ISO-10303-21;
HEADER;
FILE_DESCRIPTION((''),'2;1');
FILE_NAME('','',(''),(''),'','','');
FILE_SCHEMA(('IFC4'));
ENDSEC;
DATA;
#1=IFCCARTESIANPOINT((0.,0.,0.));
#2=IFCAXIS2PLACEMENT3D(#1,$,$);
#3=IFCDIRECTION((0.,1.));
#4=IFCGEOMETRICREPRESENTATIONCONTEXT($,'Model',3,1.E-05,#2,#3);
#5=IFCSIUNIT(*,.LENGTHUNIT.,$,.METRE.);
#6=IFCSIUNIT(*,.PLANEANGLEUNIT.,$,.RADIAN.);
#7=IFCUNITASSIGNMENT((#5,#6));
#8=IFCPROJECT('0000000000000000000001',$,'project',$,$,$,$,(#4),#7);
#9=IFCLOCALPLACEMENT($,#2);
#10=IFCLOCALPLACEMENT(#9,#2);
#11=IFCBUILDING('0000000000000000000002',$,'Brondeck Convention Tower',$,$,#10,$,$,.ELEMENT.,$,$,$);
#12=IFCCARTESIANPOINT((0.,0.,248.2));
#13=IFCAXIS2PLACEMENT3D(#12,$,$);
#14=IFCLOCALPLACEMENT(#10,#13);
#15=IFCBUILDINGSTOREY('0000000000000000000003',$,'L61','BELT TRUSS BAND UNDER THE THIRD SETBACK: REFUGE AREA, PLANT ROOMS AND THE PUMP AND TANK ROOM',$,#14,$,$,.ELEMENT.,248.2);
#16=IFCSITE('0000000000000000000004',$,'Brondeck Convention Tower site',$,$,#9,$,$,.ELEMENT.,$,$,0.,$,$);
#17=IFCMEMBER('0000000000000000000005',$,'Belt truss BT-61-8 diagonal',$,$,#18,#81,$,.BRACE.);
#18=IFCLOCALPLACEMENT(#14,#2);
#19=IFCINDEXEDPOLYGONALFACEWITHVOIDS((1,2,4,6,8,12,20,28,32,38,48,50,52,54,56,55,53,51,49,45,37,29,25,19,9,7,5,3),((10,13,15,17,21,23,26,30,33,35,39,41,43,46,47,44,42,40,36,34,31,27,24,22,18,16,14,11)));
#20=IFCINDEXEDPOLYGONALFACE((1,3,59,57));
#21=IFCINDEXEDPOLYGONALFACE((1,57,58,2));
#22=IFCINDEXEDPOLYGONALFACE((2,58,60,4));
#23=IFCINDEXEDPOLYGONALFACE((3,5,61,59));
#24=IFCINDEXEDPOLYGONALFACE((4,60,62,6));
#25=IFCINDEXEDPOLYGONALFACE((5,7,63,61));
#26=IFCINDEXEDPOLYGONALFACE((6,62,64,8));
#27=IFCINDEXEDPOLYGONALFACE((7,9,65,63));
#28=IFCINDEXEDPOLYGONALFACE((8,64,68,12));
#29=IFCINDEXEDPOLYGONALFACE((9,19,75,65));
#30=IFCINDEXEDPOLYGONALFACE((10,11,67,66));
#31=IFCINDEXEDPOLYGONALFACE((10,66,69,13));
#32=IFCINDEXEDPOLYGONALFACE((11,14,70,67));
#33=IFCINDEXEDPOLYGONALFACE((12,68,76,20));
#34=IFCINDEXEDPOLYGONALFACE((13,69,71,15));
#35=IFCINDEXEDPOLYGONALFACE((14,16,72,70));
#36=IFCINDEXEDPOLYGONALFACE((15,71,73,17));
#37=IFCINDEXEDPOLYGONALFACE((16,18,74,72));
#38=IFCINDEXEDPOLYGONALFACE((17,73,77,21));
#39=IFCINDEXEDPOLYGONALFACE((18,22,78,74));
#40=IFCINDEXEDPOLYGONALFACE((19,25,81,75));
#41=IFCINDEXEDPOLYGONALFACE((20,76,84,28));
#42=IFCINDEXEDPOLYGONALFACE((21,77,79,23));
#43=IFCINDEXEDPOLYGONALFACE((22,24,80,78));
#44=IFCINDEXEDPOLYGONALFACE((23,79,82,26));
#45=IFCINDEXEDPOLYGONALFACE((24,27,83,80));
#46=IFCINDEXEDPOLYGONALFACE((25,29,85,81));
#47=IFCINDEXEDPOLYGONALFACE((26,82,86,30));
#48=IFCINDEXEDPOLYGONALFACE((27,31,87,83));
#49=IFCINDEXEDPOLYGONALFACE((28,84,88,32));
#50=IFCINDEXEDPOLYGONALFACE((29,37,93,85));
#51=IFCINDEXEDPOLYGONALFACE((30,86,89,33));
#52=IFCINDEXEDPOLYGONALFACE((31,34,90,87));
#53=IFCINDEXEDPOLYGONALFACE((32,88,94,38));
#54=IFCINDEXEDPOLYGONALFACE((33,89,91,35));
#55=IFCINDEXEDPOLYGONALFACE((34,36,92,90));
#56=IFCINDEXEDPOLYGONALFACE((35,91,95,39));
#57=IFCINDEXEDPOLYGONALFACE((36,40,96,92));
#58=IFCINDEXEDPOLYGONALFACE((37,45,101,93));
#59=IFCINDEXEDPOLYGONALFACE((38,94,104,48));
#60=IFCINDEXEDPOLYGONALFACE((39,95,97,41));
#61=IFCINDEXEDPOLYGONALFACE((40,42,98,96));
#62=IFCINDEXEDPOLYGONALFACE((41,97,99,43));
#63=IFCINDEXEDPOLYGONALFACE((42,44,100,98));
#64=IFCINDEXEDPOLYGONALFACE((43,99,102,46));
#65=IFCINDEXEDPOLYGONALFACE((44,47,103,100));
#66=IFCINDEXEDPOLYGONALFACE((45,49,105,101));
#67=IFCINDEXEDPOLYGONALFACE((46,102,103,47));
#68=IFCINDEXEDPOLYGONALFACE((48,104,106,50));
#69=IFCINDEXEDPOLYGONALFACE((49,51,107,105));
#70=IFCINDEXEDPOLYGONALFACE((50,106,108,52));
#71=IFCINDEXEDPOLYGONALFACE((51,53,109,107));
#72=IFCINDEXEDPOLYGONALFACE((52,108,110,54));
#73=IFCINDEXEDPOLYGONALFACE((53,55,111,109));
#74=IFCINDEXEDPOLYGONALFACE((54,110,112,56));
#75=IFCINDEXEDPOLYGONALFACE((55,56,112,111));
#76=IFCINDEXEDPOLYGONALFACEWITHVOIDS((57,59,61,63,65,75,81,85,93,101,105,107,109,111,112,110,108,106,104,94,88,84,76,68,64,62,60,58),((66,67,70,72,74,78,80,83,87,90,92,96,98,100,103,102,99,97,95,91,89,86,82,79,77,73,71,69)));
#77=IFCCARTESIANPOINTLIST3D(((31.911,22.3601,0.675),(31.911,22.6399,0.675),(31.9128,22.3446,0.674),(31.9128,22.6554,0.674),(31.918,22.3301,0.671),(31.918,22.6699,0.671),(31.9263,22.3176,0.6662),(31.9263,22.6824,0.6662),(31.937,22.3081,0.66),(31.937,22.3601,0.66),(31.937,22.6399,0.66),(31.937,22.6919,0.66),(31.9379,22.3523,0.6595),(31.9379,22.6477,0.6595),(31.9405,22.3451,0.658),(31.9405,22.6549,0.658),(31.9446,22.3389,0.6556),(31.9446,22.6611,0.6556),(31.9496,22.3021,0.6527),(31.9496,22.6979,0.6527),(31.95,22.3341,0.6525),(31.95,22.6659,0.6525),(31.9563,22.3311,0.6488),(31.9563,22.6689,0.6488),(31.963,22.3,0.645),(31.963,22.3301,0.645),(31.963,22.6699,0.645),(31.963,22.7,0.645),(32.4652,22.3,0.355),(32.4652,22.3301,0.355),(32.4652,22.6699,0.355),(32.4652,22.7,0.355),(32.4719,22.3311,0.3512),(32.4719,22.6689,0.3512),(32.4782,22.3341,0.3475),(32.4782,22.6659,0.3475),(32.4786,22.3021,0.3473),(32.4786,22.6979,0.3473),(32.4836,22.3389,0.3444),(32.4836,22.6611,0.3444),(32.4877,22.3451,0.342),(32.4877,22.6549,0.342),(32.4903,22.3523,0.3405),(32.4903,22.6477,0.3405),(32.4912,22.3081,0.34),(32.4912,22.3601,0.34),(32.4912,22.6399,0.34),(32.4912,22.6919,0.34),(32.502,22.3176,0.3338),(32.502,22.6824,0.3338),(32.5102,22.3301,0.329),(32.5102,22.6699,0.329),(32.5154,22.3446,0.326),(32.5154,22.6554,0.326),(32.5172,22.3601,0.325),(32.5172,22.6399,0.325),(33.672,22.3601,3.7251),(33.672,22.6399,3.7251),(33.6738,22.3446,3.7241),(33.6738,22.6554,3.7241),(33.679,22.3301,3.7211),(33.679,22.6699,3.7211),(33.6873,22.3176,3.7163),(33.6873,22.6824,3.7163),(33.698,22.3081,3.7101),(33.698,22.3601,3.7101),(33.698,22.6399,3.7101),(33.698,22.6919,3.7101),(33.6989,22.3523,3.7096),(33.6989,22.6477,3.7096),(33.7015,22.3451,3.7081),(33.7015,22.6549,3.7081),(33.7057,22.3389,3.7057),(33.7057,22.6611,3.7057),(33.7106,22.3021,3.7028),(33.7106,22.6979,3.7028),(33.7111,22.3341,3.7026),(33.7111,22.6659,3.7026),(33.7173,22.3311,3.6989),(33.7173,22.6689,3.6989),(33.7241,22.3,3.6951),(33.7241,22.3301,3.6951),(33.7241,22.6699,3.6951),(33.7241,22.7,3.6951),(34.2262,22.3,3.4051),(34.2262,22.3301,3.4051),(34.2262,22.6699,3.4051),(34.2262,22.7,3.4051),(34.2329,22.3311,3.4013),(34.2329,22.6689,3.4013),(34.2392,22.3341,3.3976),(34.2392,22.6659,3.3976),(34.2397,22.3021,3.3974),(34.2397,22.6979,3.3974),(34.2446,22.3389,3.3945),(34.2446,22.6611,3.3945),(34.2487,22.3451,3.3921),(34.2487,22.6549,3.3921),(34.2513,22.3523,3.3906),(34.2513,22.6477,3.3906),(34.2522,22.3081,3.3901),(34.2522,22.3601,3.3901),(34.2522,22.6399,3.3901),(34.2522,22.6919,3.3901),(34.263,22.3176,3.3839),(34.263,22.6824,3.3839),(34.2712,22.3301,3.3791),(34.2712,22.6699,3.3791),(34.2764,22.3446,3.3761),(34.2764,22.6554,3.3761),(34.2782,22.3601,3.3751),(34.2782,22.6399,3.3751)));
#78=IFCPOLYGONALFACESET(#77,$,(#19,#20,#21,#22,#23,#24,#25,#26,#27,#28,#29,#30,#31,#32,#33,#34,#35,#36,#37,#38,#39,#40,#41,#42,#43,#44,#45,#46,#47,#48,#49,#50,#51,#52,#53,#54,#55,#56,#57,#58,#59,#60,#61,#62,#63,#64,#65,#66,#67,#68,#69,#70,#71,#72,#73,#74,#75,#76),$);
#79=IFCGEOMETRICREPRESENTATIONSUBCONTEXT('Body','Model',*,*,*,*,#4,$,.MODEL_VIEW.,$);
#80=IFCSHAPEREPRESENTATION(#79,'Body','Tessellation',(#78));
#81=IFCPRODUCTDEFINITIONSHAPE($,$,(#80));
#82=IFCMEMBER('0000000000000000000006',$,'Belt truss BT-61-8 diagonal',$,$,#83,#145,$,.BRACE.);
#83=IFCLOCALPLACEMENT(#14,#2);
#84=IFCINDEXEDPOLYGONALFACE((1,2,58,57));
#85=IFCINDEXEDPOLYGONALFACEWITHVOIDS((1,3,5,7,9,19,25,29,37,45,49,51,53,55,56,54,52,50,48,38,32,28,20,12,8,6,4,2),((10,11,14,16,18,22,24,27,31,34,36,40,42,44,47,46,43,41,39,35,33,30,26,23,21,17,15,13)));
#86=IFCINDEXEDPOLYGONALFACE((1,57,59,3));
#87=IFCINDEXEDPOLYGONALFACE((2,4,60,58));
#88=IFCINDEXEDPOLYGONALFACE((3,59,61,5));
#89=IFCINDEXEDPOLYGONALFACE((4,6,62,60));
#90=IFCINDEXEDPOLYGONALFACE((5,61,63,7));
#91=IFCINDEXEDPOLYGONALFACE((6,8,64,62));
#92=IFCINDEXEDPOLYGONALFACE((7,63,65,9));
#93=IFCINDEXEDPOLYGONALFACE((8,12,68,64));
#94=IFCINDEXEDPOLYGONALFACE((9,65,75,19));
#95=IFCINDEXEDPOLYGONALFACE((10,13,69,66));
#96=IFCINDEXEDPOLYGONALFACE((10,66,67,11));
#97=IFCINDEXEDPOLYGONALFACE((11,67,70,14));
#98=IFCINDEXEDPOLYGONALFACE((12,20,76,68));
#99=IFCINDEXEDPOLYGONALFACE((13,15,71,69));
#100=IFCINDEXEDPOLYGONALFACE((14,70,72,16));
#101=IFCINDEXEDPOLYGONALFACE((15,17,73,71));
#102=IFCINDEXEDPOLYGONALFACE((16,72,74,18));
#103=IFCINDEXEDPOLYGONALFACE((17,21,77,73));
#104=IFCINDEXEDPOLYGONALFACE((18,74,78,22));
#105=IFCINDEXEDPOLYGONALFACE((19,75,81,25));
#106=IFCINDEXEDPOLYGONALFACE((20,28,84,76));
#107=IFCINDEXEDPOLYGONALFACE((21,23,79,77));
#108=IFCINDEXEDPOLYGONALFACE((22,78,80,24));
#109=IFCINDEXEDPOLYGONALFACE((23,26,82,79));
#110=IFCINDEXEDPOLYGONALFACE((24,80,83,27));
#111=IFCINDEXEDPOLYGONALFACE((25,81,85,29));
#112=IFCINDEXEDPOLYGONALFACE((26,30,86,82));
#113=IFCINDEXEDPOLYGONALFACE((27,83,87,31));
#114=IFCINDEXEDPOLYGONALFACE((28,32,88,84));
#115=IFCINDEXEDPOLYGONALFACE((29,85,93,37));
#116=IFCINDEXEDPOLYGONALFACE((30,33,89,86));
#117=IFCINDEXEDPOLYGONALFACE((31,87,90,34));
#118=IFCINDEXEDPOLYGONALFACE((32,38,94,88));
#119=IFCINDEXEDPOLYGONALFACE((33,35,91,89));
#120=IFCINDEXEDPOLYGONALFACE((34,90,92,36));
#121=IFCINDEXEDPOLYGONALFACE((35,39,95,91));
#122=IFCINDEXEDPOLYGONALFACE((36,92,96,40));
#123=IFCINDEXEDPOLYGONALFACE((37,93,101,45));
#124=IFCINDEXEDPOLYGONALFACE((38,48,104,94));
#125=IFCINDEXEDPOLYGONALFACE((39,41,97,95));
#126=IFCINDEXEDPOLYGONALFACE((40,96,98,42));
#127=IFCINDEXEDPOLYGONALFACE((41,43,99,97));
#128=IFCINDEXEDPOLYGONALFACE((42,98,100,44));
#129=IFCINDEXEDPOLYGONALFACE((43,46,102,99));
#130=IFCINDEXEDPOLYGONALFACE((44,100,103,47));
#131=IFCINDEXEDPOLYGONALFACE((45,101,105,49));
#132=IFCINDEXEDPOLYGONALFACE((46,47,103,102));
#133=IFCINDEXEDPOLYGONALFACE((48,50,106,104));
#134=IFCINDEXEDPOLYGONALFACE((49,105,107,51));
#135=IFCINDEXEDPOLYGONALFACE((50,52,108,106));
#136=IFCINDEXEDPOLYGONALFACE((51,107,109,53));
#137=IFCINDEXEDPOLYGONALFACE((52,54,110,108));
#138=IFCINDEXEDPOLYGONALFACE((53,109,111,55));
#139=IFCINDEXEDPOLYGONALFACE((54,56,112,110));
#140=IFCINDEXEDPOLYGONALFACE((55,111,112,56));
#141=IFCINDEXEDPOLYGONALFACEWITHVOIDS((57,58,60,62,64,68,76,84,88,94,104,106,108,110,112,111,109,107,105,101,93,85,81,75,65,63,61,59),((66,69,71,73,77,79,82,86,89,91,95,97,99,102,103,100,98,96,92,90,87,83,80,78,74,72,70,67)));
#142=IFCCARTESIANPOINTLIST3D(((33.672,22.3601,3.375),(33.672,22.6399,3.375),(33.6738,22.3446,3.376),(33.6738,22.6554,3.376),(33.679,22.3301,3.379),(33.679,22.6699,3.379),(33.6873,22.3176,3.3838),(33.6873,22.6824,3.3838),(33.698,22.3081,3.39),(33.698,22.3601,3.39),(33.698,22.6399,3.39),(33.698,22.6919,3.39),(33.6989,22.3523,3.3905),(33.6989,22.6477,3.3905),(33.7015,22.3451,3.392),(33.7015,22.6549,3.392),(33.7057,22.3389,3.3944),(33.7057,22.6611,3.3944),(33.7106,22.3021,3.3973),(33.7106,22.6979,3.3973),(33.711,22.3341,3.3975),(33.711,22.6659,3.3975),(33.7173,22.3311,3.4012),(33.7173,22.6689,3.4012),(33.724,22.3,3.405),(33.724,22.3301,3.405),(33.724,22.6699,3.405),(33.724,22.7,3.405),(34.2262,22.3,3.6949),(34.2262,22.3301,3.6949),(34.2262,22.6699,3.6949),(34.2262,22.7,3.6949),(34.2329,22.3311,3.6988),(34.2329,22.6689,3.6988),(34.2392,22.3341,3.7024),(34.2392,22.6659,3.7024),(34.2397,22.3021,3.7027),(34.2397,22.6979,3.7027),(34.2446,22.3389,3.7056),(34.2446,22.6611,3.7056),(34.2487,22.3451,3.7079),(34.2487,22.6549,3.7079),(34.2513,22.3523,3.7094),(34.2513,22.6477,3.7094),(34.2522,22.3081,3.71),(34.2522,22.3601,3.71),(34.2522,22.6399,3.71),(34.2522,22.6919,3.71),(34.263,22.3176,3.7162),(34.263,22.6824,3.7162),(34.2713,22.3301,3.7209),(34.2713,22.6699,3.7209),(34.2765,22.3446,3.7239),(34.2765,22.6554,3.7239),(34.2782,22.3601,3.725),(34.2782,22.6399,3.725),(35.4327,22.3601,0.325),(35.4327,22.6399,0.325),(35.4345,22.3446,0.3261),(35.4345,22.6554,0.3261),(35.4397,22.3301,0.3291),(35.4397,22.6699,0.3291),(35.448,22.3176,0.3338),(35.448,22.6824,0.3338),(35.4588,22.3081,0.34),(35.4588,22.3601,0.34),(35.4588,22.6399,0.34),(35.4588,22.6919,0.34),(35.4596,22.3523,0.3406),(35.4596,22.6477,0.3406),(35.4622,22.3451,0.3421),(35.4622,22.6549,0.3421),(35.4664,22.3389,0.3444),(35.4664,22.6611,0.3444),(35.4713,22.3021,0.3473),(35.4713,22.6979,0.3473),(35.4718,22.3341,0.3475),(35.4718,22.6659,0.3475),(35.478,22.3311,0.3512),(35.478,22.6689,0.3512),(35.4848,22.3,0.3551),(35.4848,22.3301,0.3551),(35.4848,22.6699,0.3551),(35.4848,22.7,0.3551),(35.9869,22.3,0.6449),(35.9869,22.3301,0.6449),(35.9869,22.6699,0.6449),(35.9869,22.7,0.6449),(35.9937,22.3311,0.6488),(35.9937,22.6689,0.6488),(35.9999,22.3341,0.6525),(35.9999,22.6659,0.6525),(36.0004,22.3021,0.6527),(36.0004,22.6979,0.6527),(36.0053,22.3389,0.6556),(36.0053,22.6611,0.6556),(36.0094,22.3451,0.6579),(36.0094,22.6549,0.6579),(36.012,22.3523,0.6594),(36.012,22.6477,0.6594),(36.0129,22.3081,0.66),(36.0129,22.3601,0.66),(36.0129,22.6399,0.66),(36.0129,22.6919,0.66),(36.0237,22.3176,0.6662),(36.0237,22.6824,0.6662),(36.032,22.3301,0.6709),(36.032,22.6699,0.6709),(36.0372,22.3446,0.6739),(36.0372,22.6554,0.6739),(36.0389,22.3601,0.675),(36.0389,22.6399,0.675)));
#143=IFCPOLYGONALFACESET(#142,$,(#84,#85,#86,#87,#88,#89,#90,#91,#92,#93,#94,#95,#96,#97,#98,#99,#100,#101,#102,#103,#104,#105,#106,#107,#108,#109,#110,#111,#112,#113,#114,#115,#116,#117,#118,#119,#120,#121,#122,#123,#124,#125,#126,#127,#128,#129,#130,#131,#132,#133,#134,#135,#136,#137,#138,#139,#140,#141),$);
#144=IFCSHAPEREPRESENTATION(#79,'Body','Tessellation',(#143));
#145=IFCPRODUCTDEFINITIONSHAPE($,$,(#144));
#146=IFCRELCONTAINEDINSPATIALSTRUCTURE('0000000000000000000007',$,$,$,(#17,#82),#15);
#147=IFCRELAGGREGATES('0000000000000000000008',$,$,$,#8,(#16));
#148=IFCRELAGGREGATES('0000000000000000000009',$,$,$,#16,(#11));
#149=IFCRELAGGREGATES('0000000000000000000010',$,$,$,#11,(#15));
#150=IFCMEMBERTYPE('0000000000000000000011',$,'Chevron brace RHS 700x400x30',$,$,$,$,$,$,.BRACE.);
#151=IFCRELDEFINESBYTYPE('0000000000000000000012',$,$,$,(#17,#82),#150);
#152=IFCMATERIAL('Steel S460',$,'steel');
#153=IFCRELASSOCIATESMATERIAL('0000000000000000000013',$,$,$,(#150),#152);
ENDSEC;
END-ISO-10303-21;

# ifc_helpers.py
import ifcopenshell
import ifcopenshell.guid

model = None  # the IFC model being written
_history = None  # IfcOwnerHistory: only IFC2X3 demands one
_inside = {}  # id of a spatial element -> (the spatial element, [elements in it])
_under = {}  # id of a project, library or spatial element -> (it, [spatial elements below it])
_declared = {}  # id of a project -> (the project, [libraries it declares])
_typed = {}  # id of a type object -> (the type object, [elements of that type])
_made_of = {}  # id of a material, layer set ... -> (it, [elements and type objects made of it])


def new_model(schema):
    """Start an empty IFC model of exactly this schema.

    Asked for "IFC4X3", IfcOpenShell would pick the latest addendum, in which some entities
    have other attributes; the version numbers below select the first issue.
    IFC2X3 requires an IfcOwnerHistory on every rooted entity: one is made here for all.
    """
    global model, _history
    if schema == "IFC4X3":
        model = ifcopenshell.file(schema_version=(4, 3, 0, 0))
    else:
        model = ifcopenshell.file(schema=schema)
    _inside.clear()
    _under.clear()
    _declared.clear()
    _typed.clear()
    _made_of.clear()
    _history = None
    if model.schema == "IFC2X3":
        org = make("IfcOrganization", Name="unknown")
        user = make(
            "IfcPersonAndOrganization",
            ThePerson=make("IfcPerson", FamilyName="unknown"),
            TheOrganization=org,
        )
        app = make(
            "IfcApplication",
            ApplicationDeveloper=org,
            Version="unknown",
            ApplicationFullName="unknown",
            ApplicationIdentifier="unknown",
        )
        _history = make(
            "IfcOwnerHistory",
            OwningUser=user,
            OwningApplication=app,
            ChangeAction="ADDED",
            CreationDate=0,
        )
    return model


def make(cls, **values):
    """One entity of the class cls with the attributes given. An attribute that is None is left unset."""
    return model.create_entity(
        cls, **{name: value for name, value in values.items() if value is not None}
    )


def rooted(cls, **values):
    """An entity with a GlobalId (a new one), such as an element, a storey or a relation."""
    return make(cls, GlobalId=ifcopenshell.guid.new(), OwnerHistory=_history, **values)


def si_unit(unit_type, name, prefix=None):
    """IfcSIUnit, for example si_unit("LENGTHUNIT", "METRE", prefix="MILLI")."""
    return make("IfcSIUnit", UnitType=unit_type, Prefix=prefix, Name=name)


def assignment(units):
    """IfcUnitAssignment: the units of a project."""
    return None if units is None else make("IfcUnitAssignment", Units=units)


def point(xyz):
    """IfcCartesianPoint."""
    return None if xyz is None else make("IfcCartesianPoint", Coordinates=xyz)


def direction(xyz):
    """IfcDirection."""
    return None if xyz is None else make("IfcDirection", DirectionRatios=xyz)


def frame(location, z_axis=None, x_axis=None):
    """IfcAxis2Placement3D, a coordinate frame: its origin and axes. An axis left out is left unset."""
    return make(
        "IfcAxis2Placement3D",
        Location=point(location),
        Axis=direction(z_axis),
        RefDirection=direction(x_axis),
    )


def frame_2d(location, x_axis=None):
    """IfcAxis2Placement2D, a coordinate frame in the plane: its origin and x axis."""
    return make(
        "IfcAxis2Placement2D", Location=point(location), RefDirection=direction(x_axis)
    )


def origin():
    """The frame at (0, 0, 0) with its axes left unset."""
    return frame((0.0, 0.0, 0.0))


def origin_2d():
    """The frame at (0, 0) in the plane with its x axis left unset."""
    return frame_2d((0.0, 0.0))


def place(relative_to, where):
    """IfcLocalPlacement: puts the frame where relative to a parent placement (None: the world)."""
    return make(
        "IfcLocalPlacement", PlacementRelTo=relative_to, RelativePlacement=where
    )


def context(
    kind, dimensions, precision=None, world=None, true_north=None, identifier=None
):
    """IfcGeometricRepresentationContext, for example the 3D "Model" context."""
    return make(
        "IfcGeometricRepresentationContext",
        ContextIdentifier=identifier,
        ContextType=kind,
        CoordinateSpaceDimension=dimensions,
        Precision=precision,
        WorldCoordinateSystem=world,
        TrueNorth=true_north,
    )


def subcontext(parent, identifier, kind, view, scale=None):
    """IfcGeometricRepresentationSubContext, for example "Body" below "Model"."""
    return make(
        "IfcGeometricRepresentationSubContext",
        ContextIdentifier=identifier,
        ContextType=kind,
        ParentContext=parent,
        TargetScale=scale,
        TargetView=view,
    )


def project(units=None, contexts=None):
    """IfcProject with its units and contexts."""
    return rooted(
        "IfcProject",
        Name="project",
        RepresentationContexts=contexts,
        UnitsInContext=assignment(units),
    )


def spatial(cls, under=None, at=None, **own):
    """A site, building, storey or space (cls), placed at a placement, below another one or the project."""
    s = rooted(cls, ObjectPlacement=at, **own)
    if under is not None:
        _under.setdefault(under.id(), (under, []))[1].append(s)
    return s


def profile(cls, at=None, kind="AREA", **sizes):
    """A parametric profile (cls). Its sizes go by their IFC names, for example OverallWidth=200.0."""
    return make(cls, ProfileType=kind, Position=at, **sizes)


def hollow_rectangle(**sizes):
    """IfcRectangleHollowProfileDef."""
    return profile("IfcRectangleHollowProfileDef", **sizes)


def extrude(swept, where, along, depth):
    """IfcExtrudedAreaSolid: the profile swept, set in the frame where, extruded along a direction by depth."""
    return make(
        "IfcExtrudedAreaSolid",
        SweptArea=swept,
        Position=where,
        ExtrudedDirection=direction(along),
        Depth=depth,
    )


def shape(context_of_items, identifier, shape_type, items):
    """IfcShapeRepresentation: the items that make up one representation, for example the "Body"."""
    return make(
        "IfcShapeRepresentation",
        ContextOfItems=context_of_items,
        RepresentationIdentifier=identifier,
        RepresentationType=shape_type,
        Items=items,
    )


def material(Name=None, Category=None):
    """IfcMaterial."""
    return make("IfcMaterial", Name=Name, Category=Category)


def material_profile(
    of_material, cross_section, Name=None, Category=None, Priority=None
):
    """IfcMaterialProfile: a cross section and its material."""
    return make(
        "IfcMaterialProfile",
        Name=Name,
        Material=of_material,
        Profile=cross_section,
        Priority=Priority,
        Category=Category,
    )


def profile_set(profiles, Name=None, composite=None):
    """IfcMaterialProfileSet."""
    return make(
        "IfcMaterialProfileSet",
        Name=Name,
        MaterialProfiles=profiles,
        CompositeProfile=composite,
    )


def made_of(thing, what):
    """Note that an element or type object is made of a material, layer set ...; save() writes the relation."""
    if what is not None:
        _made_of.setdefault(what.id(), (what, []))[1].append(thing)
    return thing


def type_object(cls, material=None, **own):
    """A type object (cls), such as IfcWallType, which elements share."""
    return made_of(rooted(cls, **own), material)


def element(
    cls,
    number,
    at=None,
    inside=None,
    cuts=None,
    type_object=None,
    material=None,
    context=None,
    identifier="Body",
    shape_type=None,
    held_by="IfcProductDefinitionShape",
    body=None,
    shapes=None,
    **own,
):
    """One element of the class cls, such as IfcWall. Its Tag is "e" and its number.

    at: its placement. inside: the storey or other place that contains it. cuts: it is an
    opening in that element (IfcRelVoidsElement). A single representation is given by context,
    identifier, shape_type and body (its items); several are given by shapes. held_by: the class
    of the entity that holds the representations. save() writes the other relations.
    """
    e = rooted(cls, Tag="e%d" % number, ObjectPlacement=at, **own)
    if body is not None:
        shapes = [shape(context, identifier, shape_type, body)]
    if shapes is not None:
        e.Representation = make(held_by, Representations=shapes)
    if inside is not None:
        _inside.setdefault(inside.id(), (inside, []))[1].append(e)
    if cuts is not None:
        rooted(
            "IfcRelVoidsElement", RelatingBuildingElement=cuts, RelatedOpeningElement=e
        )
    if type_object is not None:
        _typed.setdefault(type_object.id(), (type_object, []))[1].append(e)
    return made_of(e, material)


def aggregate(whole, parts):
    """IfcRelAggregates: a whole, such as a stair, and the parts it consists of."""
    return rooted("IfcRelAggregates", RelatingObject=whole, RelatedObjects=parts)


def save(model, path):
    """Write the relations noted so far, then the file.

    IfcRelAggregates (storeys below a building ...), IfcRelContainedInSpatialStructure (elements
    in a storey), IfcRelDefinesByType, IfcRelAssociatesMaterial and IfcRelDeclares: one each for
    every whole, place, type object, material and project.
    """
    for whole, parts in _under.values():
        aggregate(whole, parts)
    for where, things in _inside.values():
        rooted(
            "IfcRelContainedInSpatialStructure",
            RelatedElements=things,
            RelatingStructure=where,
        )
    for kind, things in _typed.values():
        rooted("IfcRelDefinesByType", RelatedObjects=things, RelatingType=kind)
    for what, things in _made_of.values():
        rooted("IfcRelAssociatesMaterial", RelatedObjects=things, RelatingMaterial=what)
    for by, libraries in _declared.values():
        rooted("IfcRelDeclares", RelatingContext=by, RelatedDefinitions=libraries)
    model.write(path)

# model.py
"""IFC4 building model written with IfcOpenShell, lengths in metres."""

from ifc_helpers import new_model, si_unit, direction, frame, origin, origin_2d, place, context, subcontext, project, spatial, hollow_rectangle, extrude, material, material_profile, profile_set, type_object, element, save


model = new_model("IFC4")

# Units and contexts
model_context = context("Model", 3, precision=1e-05, world=origin(), true_north=direction((0.0, 1.0)))
body_context = subcontext(model_context, "Body", "Model", "MODEL_VIEW")
ifc_project = project(units=[si_unit("LENGTHUNIT", "METRE"), si_unit("PLANEANGLEUNIT", "RADIAN")], contexts=[model_context])

# Site, building, storey
site_placement = place(None, origin())
site = spatial("IfcSite", under=ifc_project, at=site_placement, Name="Brondeck Convention Tower site", CompositionType="ELEMENT", RefElevation=0.0)
building_placement = place(site_placement, origin())
building = spatial("IfcBuilding", under=site, at=building_placement, Name="Brondeck Convention Tower", CompositionType="ELEMENT")
storey_placement = place(building_placement, frame((0.0, 0.0, 248.2)))
storey = spatial("IfcBuildingStorey", under=building, at=storey_placement, Name="L61", Description="BELT TRUSS BAND UNDER THE THIRD SETBACK: REFUGE AREA, PLANT ROOMS AND THE PUMP AND TANK ROOM", CompositionType="ELEMENT", Elevation=248.2)

# Members
ifc_material_1 = material(Name="Steel S460", Category="steel")
ifc_material_profile_1 = material_profile(ifc_material_1, hollow_rectangle(XDim=0.3999, YDim=0.7, WallThickness=0.03, InnerFilletRadius=0.03, OuterFilletRadius=0.0601, at=origin_2d()), Name="RHS 700x400x30")
ifc_profile_set_1 = profile_set([ifc_material_profile_1], Name="Steel S460")
member_type_1 = type_object("IfcMemberType", Name="Chevron brace RHS 700x400x30", PredefinedType="BRACE", material=ifc_profile_set_1)
for number, where, z_axis, x_axis, name in (
    (1, (32.2141, 22.5, 0.5), (0.500008, 0.0, 0.866021), (0.0, 1.0, 0.0), "Belt truss BT-61-8 diagonal"),
):
    element("IfcMember", number, at=place(storey_placement, frame(where, z_axis=z_axis, x_axis=x_axis)), inside=storey, type_object=member_type_1, Name=name, PredefinedType="BRACE", context=body_context, shape_type="SweptSolid", body=[
        extrude(hollow_rectangle(XDim=0.3999, YDim=0.7, WallThickness=0.03, InnerFilletRadius=0.03, OuterFilletRadius=0.0601, at=origin_2d()), origin(), (0.0, 0.0, 1.0), 3.522),
    ])
member_1_placement = place(storey_placement, frame((35.7358, 22.5, 0.5), z_axis=(-0.499956, 0.0, 0.866051), x_axis=(0.0, -1.0, 0.0)))
element("IfcMember", 2, at=member_1_placement, inside=storey, type_object=member_type_1, Name="Belt truss BT-61-8 diagonal", PredefinedType="BRACE", context=body_context, shape_type="SweptSolid", body=[
    extrude(hollow_rectangle(XDim=0.3999, YDim=0.7, WallThickness=0.03, InnerFilletRadius=0.03, OuterFilletRadius=0.0601, at=origin_2d()), origin(), (0.0, 0.0, 1.0), 3.5217),
])

save(model, "model.ifc")
